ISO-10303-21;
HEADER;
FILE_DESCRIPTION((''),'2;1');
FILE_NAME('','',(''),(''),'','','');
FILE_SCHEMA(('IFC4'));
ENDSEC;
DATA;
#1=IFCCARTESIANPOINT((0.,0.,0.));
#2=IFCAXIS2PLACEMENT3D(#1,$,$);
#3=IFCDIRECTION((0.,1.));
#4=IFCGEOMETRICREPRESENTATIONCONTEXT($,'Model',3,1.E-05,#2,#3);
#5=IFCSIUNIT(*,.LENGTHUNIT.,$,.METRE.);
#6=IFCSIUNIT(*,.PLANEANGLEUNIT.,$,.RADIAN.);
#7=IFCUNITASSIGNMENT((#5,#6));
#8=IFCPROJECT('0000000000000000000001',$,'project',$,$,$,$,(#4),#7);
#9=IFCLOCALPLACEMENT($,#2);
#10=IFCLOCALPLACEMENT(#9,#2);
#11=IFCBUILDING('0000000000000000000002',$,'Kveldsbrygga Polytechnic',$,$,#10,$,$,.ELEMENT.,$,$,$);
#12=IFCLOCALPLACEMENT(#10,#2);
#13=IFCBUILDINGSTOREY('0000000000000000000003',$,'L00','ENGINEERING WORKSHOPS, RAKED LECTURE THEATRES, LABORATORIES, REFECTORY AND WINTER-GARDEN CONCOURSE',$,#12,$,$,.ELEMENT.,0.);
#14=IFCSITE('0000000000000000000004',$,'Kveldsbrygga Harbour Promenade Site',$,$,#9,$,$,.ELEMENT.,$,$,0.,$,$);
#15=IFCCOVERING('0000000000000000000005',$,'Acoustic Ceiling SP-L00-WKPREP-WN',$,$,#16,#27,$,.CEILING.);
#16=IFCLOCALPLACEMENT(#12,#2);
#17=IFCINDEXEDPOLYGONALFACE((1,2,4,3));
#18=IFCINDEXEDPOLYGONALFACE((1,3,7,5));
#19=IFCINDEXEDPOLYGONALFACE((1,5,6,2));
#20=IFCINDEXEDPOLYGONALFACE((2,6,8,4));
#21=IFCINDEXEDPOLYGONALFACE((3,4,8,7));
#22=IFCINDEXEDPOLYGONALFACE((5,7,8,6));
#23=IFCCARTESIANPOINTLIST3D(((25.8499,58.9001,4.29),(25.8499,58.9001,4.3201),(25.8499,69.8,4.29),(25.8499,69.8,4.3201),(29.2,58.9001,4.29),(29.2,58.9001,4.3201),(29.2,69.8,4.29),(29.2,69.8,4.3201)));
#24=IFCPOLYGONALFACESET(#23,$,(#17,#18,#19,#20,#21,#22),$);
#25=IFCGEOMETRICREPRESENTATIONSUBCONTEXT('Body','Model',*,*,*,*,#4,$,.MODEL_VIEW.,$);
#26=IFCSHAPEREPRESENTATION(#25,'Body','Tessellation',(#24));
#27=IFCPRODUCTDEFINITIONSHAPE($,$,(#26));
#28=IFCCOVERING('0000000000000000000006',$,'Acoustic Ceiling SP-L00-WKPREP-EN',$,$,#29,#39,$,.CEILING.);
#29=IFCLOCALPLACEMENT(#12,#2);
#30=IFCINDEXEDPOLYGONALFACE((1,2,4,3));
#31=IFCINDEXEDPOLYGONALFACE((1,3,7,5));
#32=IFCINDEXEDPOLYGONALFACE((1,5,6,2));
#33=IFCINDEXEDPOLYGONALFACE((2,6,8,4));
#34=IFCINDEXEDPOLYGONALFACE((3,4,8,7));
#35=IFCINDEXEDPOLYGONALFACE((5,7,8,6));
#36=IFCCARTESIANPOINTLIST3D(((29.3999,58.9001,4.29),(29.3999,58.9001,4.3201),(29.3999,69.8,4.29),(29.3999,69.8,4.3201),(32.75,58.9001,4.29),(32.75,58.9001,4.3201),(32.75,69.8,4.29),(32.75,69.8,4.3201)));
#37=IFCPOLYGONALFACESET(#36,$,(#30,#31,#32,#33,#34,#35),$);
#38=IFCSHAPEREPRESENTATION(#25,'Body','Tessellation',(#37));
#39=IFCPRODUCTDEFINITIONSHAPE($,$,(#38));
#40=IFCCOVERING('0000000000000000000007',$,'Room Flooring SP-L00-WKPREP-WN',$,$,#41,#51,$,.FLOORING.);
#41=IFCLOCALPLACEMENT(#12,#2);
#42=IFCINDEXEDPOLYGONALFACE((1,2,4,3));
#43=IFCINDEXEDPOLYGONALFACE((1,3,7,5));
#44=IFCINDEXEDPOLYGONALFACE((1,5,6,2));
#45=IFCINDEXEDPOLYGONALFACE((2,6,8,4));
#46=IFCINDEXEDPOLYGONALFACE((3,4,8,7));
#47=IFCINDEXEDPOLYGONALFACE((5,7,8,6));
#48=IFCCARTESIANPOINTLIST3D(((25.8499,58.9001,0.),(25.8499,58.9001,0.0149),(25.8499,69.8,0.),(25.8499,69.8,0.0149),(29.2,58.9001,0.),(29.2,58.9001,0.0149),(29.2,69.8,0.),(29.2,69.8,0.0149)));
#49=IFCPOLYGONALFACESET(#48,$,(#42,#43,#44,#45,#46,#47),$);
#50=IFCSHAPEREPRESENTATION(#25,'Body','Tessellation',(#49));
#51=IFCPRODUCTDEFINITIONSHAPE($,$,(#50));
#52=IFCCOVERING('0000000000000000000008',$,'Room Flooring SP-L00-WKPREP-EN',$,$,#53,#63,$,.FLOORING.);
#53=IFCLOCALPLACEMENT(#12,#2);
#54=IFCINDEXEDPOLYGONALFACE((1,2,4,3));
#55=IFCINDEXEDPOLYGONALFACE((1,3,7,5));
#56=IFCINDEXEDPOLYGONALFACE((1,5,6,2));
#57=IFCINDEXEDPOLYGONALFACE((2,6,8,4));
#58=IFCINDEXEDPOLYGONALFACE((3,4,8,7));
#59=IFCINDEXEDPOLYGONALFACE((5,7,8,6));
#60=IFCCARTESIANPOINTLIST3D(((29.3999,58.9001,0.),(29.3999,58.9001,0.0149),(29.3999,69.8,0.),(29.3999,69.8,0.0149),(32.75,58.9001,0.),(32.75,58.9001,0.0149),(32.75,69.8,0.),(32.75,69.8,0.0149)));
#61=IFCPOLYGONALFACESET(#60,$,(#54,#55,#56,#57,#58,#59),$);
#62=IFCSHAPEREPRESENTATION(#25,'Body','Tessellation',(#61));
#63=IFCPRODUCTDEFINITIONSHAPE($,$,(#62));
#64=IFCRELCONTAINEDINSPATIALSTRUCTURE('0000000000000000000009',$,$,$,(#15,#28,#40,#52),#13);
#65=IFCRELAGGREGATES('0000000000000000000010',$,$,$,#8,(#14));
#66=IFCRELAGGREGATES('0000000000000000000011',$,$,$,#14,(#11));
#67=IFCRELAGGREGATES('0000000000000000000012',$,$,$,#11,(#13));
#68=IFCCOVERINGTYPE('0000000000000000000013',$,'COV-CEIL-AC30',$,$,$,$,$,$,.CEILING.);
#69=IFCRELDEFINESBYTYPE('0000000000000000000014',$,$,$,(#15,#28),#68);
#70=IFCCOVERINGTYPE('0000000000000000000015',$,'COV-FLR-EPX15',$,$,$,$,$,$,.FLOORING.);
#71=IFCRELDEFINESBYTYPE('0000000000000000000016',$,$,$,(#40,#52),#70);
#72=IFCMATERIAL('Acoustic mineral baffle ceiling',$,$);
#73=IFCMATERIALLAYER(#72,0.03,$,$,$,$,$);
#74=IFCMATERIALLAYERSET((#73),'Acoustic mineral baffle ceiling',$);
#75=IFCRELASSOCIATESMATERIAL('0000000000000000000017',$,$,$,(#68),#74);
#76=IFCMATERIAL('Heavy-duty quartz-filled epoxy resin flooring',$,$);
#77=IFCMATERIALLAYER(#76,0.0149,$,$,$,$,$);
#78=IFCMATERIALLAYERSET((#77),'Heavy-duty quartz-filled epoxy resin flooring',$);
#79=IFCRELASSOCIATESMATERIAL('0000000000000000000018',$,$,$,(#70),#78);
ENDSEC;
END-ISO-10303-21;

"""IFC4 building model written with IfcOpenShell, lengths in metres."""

from ifc_helpers import new_model, si_unit, direction, frame, origin, origin_2d, place, context, subcontext, project, spatial, rectangle, extrude, material, layer, layer_set, type_object, element, save


model = new_model("IFC4")

# Units and contexts
model_context = context("Model", 3, precision=1e-05, world=origin(), true_north=direction((0.0, 1.0)))
body_context = subcontext(model_context, "Body", "Model", "MODEL_VIEW")
ifc_project = project(units=[si_unit("LENGTHUNIT", "METRE"), si_unit("PLANEANGLEUNIT", "RADIAN")], contexts=[model_context])

# Site, building, storey
site_placement = place(None, origin())
site = spatial("IfcSite", under=ifc_project, at=site_placement, Name="Kveldsbrygga Harbour Promenade Site", CompositionType="ELEMENT", RefElevation=0.0)
building_placement = place(site_placement, origin())
building = spatial("IfcBuilding", under=site, at=building_placement, Name="Kveldsbrygga Polytechnic", CompositionType="ELEMENT")
storey_placement = place(building_placement, origin())
storey = spatial("IfcBuildingStorey", under=building, at=storey_placement, Name="L00", Description="ENGINEERING WORKSHOPS, RAKED LECTURE THEATRES, LABORATORIES, REFECTORY AND WINTER-GARDEN CONCOURSE", CompositionType="ELEMENT", Elevation=0.0)

# Coverings
ifc_material_1 = material(Name="Acoustic mineral baffle ceiling")
ifc_layer_1 = layer(ifc_material_1, 0.03)
ifc_layer_set_1 = layer_set([ifc_layer_1], Name="Acoustic mineral baffle ceiling")
covering_type_1 = type_object("IfcCoveringType", Name="COV-CEIL-AC30", PredefinedType="CEILING", material=ifc_layer_set_1)
for number, where, z_axis, x_axis, name in (
    (1, (27.5249, 64.3501, 4.29), (0.0, 0.0, 1.0), (1.0, 0.0, 0.0), "Acoustic Ceiling SP-L00-WKPREP-WN"),
    (2, (31.075, 64.3501, 4.29), (0.0, 0.0, 1.0), (1.0, 0.0, 0.0), "Acoustic Ceiling SP-L00-WKPREP-EN"),
):
    element("IfcCovering", number, at=place(storey_placement, frame(where, z_axis=z_axis, x_axis=x_axis)), inside=storey, type_object=covering_type_1, Name=name, PredefinedType="CEILING", context=body_context, shape_type="SweptSolid", body=[
        extrude(rectangle(XDim=3.3501, YDim=10.8999, at=origin_2d()), origin(), (0.0, 0.0, 1.0), 0.03),
    ])
ifc_material_2 = material(Name="Heavy-duty quartz-filled epoxy resin flooring")
ifc_layer_2 = layer(ifc_material_2, 0.0149)
ifc_layer_set_2 = layer_set([ifc_layer_2], Name="Heavy-duty quartz-filled epoxy resin flooring")
covering_type_2 = type_object("IfcCoveringType", Name="COV-FLR-EPX15", PredefinedType="FLOORING", material=ifc_layer_set_2)
for number, where, z_axis, x_axis, name in (
    (3, (27.5249, 64.3501, 0.0), (0.0, 0.0, 1.0), (1.0, 0.0, 0.0), "Room Flooring SP-L00-WKPREP-WN"),
    (4, (31.075, 64.3501, 0.0), (0.0, 0.0, 1.0), (1.0, 0.0, 0.0), "Room Flooring SP-L00-WKPREP-EN"),
):
    element("IfcCovering", number, at=place(storey_placement, frame(where, z_axis=z_axis, x_axis=x_axis)), inside=storey, type_object=covering_type_2, Name=name, PredefinedType="FLOORING", context=body_context, shape_type="SweptSolid", body=[
        extrude(rectangle(XDim=3.3501, YDim=10.8999, at=origin_2d()), origin(), (0.0, 0.0, 1.0), 0.0149),
    ])

save(model, "model.ifc")
